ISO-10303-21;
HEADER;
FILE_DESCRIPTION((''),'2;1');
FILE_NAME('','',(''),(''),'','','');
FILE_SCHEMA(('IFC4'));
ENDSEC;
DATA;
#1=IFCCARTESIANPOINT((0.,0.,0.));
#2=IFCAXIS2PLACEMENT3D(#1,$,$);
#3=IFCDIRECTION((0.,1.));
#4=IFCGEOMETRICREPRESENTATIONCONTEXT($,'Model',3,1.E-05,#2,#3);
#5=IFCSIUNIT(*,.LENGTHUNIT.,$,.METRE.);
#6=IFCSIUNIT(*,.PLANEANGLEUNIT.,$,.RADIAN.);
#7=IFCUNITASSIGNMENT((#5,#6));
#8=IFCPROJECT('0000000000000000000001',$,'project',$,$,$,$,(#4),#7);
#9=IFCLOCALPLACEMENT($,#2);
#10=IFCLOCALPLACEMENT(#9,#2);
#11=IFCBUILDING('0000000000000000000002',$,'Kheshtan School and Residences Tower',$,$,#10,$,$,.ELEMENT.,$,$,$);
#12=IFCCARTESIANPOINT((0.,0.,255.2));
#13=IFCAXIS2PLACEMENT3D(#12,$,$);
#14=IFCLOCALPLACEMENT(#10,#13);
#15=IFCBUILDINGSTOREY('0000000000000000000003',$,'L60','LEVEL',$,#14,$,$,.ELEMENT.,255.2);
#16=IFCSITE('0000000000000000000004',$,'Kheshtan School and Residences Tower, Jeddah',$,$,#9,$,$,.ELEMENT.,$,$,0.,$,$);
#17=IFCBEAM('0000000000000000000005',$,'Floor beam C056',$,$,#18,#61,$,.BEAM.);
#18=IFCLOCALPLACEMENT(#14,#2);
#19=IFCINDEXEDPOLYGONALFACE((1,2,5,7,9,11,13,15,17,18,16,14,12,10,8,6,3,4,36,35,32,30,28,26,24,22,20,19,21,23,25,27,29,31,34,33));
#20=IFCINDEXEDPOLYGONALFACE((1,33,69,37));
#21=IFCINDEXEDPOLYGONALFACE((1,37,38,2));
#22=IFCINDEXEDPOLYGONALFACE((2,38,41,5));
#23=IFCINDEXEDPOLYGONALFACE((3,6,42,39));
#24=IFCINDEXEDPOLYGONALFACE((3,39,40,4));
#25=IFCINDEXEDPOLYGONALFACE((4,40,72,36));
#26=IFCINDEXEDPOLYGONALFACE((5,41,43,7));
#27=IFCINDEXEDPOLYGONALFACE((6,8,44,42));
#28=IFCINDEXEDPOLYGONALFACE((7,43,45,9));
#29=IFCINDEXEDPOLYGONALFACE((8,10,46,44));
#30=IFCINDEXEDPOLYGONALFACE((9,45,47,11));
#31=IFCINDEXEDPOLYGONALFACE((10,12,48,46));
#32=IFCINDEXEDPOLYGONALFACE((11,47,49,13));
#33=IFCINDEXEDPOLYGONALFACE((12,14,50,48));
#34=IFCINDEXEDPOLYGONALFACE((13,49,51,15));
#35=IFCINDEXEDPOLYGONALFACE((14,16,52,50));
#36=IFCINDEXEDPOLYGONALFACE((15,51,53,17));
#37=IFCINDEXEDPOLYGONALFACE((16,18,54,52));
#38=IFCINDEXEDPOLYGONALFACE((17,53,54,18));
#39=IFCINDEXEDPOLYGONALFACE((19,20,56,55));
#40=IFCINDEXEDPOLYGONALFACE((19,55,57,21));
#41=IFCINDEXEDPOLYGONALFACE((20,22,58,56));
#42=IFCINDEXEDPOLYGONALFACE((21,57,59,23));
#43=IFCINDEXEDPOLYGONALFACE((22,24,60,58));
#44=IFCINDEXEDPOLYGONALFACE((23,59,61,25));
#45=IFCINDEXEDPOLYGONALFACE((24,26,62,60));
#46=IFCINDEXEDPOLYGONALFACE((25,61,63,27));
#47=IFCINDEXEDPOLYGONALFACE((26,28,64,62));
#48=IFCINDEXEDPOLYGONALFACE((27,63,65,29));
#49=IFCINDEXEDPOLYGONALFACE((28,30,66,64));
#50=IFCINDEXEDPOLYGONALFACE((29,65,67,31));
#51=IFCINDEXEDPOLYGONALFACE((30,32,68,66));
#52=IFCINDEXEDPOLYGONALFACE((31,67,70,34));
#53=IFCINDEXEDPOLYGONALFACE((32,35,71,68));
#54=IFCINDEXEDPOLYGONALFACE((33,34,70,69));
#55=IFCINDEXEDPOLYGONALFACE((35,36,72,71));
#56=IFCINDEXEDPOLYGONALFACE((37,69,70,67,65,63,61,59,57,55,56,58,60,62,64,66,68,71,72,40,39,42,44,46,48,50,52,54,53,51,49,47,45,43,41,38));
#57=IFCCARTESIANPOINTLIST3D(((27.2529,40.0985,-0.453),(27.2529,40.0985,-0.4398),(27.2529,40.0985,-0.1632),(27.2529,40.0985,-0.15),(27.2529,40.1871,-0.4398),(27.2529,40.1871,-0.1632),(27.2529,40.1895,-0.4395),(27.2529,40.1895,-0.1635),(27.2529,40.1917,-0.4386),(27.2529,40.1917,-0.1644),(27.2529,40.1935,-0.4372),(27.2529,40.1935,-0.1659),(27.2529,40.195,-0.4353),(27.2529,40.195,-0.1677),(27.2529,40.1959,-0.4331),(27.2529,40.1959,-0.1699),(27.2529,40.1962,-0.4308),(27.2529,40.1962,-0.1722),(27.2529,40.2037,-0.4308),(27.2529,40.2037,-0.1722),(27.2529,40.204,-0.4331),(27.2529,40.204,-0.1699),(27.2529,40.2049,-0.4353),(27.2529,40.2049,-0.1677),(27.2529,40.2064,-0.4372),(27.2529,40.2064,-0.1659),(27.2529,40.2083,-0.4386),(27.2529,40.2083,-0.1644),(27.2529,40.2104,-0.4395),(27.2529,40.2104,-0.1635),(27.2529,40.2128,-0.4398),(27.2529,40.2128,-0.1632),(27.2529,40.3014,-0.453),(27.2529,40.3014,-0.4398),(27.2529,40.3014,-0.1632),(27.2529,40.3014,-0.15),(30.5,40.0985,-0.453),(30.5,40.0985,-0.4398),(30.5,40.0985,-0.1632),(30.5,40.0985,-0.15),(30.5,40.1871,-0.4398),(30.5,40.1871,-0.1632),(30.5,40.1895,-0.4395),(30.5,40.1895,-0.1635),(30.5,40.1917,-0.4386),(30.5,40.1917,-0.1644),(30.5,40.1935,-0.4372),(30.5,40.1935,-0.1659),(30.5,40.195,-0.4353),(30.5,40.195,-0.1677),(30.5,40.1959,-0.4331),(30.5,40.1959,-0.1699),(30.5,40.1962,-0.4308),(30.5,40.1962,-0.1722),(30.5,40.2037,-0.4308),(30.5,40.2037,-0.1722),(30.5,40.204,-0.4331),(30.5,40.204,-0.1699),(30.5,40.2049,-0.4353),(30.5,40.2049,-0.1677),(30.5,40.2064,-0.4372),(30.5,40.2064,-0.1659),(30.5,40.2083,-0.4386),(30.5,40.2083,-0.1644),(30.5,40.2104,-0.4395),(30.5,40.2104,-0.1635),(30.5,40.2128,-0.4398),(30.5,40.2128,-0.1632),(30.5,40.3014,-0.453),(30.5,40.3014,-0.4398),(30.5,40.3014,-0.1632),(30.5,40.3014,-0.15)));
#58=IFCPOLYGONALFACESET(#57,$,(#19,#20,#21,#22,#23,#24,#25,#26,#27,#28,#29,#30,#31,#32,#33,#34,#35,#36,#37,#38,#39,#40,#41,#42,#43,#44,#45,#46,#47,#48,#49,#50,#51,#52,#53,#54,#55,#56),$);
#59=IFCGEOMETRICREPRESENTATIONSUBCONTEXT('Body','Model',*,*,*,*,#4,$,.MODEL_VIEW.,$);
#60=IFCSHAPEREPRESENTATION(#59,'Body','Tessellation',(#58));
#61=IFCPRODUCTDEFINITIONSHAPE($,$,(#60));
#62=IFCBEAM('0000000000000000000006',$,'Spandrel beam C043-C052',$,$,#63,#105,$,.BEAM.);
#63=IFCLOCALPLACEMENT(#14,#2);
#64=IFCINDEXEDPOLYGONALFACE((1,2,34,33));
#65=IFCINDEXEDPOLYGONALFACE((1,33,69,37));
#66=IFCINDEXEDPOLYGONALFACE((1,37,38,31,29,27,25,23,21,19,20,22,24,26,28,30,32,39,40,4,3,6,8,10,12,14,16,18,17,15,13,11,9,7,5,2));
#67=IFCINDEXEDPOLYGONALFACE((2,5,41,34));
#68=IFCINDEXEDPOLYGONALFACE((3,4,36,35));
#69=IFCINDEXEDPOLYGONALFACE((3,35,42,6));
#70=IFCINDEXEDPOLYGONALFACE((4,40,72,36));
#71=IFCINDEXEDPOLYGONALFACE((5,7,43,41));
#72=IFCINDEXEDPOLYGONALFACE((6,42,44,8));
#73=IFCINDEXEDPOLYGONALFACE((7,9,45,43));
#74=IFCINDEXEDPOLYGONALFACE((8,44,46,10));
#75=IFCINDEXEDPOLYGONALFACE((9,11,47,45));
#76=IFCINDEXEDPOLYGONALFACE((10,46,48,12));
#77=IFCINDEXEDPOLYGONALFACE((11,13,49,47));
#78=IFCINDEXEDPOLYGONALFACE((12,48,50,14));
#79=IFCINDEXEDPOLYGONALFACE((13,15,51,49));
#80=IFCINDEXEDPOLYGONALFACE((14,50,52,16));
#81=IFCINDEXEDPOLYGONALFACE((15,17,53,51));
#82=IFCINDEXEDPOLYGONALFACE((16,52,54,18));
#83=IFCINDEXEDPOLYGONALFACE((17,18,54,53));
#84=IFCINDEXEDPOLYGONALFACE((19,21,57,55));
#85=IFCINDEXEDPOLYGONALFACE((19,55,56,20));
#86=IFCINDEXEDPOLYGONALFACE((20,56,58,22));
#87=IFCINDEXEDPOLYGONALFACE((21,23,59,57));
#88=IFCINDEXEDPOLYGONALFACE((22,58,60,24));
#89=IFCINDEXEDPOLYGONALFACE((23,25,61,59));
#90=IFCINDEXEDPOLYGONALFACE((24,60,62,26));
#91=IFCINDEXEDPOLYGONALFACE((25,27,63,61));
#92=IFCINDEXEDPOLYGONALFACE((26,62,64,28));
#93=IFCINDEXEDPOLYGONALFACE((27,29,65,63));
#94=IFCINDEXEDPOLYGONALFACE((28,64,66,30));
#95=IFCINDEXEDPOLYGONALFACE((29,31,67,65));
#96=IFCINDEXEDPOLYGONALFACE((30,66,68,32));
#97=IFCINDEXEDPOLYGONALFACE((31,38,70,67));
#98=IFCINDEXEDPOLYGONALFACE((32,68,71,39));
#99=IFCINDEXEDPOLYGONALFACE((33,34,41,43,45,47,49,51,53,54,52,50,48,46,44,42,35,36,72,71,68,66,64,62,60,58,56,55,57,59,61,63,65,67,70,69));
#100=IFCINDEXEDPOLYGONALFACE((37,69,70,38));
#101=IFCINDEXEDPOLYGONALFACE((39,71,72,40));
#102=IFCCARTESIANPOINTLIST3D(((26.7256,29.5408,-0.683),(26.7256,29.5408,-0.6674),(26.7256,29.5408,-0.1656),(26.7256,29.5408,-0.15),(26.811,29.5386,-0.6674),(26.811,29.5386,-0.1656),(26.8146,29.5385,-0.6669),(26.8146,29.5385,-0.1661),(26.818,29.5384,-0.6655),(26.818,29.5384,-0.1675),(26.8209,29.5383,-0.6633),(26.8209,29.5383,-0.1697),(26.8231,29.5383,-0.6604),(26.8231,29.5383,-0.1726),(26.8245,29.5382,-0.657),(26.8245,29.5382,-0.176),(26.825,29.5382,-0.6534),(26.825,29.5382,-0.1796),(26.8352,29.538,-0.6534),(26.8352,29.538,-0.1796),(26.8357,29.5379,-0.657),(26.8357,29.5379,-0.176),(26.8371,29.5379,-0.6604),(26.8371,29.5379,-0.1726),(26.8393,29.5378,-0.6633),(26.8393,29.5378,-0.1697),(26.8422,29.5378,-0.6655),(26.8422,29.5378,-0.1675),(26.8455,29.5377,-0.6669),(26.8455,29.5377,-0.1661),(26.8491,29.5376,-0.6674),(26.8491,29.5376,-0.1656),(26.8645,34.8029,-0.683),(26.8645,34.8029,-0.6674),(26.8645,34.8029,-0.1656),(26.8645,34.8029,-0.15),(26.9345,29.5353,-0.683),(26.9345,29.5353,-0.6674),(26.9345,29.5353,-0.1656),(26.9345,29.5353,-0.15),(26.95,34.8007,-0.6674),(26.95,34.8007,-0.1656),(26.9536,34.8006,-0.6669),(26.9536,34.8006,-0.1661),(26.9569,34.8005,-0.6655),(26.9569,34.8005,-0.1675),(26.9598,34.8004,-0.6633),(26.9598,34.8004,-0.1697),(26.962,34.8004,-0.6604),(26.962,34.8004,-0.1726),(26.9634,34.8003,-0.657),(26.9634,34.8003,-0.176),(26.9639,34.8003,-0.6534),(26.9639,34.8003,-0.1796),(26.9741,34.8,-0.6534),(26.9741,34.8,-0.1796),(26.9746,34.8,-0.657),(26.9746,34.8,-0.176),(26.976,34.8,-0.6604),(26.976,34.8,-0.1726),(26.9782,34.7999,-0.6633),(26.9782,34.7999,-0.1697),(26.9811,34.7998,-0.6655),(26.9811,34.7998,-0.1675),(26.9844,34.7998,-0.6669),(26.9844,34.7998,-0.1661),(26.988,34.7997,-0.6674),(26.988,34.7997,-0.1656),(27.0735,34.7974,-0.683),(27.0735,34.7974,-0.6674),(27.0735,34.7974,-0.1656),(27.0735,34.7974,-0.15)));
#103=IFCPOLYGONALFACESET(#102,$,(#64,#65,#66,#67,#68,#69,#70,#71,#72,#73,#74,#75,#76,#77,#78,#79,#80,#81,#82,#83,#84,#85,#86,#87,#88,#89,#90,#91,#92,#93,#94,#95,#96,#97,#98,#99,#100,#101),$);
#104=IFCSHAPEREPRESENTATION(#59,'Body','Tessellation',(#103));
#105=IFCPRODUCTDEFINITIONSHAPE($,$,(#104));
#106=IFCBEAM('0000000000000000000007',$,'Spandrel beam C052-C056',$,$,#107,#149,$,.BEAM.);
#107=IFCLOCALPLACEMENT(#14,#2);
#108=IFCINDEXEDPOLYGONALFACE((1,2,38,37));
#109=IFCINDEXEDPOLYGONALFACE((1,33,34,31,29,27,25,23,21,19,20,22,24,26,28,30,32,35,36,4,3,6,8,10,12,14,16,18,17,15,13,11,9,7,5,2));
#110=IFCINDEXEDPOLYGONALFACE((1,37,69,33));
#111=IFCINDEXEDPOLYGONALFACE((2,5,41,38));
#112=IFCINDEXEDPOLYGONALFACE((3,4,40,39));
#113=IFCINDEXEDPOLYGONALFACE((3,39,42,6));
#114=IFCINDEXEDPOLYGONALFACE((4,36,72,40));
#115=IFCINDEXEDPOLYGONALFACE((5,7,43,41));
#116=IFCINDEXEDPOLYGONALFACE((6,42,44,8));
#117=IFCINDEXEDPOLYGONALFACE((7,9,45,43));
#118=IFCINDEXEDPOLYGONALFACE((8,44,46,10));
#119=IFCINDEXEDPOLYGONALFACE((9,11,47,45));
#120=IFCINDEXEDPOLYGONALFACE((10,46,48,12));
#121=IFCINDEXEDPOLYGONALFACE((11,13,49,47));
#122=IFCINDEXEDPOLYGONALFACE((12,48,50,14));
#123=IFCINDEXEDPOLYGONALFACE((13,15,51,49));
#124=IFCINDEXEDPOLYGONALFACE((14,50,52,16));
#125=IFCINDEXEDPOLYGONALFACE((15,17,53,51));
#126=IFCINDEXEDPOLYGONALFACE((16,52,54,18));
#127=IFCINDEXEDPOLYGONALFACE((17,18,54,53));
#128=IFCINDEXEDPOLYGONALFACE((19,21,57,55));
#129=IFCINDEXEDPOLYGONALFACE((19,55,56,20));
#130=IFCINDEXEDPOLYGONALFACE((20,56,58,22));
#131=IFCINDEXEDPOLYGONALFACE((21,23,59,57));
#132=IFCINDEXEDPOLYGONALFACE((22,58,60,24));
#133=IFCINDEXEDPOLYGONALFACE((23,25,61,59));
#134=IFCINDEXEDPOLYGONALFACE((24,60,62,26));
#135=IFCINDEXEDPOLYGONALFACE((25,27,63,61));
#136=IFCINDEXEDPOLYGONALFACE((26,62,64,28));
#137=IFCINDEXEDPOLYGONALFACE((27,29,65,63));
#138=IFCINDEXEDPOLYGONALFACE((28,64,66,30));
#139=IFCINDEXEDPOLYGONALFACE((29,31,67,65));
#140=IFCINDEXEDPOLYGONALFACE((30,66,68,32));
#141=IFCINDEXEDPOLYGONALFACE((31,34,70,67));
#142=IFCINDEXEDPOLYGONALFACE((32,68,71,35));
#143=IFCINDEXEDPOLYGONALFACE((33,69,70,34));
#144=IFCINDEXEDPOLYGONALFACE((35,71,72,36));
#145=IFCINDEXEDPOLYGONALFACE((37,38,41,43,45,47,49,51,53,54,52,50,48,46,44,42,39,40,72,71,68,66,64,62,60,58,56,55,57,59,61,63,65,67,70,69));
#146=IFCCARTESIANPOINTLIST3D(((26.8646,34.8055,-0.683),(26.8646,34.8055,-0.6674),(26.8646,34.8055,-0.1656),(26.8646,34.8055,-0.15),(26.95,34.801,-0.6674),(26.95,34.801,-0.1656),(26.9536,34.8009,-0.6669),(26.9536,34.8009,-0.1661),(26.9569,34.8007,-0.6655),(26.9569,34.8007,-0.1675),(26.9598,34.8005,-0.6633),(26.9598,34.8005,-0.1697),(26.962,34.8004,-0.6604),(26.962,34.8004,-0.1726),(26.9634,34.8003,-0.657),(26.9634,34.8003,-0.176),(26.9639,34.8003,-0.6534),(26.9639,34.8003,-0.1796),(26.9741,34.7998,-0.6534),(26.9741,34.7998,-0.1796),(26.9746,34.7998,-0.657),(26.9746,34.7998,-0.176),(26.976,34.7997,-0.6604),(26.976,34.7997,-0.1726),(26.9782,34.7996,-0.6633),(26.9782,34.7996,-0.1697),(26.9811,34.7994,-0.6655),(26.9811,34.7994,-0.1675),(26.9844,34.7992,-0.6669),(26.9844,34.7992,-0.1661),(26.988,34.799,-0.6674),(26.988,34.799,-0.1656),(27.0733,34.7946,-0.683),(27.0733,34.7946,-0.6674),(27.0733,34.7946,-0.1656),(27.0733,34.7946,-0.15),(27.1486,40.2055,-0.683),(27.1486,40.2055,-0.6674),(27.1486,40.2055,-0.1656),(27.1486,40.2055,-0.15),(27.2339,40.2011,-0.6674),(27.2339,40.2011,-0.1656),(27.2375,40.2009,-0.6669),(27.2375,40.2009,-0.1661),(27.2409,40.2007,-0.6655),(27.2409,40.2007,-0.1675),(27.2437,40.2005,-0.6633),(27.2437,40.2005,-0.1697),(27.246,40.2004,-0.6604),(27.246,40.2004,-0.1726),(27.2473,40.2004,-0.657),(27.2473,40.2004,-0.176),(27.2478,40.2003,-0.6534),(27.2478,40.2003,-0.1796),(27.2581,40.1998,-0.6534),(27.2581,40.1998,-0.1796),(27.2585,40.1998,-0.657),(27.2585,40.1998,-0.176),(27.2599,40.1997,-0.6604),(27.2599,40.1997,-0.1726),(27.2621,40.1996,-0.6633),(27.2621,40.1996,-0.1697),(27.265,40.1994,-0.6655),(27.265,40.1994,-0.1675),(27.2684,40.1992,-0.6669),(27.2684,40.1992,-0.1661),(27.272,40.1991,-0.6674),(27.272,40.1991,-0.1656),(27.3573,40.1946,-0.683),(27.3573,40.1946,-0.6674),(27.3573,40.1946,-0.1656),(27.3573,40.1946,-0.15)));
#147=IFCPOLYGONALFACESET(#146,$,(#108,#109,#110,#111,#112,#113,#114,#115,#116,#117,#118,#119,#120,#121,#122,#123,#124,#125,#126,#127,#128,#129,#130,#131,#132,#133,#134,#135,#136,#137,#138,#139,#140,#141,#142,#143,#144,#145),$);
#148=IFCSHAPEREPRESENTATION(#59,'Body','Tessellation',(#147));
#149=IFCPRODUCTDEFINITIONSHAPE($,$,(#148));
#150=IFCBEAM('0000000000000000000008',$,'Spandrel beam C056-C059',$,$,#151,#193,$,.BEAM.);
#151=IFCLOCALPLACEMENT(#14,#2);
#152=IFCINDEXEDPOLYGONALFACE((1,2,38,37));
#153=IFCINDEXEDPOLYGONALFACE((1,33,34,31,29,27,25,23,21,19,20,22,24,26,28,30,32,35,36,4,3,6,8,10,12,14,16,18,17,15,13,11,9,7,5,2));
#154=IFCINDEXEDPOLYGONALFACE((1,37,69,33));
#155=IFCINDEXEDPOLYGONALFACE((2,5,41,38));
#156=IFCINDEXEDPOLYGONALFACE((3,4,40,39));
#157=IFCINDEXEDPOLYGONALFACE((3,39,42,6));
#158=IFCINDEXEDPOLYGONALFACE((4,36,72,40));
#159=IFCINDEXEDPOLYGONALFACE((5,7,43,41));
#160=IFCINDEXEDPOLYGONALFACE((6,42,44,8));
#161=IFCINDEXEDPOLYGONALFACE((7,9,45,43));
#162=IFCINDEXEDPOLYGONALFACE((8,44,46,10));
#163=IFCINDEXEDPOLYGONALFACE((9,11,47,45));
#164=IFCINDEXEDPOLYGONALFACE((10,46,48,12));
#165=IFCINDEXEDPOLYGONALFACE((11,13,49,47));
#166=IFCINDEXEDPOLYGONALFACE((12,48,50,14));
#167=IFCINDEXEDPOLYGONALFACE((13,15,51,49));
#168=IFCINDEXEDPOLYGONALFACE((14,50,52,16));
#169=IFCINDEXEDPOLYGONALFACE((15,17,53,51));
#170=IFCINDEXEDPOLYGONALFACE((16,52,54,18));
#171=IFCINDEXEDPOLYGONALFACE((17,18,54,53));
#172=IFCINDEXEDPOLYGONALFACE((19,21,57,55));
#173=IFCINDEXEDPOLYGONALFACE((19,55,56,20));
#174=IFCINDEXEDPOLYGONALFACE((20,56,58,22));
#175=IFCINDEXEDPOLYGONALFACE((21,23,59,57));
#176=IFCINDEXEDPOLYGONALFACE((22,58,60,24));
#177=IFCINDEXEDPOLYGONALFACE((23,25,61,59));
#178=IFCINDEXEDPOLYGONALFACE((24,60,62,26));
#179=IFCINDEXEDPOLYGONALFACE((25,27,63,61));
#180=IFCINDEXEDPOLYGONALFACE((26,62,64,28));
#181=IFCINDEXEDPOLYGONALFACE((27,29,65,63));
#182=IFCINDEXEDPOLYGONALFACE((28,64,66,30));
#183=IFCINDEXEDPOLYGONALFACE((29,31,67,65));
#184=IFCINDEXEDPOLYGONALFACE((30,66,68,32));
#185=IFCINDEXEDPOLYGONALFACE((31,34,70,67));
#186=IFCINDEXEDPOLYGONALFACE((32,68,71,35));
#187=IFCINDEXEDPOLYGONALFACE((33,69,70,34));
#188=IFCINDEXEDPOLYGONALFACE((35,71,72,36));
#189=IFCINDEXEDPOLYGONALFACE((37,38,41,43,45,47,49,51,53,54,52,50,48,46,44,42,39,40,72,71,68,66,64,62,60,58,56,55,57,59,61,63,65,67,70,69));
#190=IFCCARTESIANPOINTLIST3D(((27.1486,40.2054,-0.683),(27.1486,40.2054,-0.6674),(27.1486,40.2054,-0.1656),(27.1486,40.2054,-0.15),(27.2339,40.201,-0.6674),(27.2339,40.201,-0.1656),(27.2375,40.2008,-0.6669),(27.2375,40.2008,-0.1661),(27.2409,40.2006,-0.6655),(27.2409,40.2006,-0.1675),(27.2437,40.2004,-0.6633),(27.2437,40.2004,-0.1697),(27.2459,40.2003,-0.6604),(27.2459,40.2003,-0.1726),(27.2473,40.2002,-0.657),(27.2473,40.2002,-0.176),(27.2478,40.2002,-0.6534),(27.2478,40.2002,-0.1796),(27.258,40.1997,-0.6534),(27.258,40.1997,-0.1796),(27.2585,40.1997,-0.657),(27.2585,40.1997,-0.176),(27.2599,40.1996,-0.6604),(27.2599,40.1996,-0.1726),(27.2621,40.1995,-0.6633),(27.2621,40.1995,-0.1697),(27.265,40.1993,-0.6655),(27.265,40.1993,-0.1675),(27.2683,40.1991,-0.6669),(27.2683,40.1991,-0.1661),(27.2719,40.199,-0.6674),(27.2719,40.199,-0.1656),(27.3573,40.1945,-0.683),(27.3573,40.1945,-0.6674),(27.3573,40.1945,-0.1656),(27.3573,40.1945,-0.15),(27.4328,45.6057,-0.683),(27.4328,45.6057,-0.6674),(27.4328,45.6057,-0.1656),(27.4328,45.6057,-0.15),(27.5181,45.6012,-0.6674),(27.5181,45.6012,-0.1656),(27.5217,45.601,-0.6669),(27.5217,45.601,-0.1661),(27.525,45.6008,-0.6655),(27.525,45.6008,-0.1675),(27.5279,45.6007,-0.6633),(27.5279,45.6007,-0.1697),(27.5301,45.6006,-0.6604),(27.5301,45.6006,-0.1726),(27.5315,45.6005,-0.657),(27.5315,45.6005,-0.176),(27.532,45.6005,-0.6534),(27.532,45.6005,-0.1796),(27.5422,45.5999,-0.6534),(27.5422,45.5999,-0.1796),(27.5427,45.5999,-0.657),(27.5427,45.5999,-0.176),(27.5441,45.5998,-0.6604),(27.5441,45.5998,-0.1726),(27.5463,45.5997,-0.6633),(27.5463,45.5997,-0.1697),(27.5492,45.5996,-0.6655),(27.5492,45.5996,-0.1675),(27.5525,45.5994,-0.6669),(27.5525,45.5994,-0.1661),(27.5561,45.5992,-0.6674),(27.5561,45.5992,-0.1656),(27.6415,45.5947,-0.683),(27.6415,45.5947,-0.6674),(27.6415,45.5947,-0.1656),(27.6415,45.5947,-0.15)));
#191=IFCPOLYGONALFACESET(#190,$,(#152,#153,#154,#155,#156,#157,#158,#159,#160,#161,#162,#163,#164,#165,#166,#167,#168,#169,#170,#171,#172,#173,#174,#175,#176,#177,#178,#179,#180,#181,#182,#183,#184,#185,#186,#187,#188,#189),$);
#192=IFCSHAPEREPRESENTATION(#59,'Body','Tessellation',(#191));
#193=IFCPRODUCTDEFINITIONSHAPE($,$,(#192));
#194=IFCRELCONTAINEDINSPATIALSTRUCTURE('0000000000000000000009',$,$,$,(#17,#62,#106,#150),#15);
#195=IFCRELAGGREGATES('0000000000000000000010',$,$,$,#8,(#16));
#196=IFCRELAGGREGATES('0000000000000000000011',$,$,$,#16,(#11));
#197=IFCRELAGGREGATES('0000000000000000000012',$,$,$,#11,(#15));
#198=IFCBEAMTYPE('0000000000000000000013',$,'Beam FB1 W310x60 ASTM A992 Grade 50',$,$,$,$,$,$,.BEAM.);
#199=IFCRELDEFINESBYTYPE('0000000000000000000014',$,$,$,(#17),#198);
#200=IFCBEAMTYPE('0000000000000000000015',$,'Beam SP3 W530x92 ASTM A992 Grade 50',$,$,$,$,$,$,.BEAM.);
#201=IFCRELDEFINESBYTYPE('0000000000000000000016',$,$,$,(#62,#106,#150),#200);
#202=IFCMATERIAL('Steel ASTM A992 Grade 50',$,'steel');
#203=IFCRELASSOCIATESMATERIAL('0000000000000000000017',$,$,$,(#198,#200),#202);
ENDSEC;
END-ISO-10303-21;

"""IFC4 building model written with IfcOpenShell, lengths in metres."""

from ifc_helpers import new_model, si_unit, direction, frame, origin, origin_2d, place, context, subcontext, project, spatial, i_section, extrude, material, material_profile, profile_set, type_object, element, save


model = new_model("IFC4")

# Units and contexts
model_context = context("Model", 3, precision=1e-05, world=origin(), true_north=direction((0.0, 1.0)))
body_context = subcontext(model_context, "Body", "Model", "MODEL_VIEW")
ifc_project = project(units=[si_unit("LENGTHUNIT", "METRE"), si_unit("PLANEANGLEUNIT", "RADIAN")], contexts=[model_context])

# Site, building, storey
site_placement = place(None, origin())
site = spatial("IfcSite", under=ifc_project, at=site_placement, Name="Kheshtan School and Residences Tower, Jeddah", CompositionType="ELEMENT", RefElevation=0.0)
building_placement = place(site_placement, origin())
building = spatial("IfcBuilding", under=site, at=building_placement, Name="Kheshtan School and Residences Tower", CompositionType="ELEMENT")
storey_placement = place(building_placement, frame((0.0, 0.0, 255.2)))
storey = spatial("IfcBuildingStorey", under=building, at=storey_placement, Name="L60", Description="LEVEL", CompositionType="ELEMENT", Elevation=255.2)

# Shared definitions
ifc_material_1 = material(Name="Steel ASTM A992 Grade 50", Category="steel")

# Beams
ifc_material_profile_1 = material_profile(ifc_material_1, i_section(OverallWidth=0.2029, OverallDepth=0.303, WebThickness=0.0076, FlangeThickness=0.0132, FilletRadius=0.009, at=origin_2d()), Name="W310x60")
ifc_profile_set_1 = profile_set([ifc_material_profile_1], Name="Steel ASTM A992 Grade 50")
beam_type_1 = type_object("IfcBeamType", Name="Beam FB1 W310x60 ASTM A992 Grade 50", PredefinedType="BEAM", material=ifc_profile_set_1)
beam_1_placement = place(storey_placement, frame((27.2529, 40.2, -0.3015), z_axis=(1.0, 0.0, 0.0), x_axis=(0.0, 1.0, 0.0)))
element("IfcBeam", 1, at=beam_1_placement, inside=storey, type_object=beam_type_1, Name="Floor beam C056", PredefinedType="BEAM", context=body_context, shape_type="SweptSolid", body=[
    extrude(i_section(OverallWidth=0.2029, OverallDepth=0.303, WebThickness=0.0076, FlangeThickness=0.0132, FilletRadius=0.009, at=origin_2d()), origin(), (0.0, 0.0, 1.0), 3.2471),
])
ifc_material_profile_2 = material_profile(ifc_material_1, i_section(OverallWidth=0.209, OverallDepth=0.533, WebThickness=0.0103, FlangeThickness=0.0156, FilletRadius=0.0139, at=origin_2d()), Name="W530x92")
ifc_profile_set_2 = profile_set([ifc_material_profile_2], Name="Steel ASTM A992 Grade 50")
beam_type_2 = type_object("IfcBeamType", Name="Beam SP3 W530x92 ASTM A992 Grade 50", PredefinedType="BEAM", material=ifc_profile_set_2)
beam_2_placement = place(storey_placement, frame((26.8301, 29.5381, -0.4165), z_axis=(0.026391, 0.999652, 0.0), x_axis=(-0.999652, 0.026391, 0.0)))
element("IfcBeam", 2, at=beam_2_placement, inside=storey, type_object=beam_type_2, Name="Spandrel beam C043-C052", PredefinedType="BEAM", context=body_context, shape_type="SweptSolid", body=[
    extrude(i_section(OverallWidth=0.209, OverallDepth=0.533, WebThickness=0.0103, FlangeThickness=0.0156, FilletRadius=0.0139, at=origin_2d()), origin(), (0.0, 0.0, 1.0), 5.2639),
])
beam_3_placement = place(storey_placement, frame((26.969, 34.8, -0.4165), z_axis=(0.052509, 0.99862, 0.0), x_axis=(-0.99862, 0.052509, 0.0)))
element("IfcBeam", 3, at=beam_3_placement, inside=storey, type_object=beam_type_2, Name="Spandrel beam C052-C056", PredefinedType="BEAM", context=body_context, shape_type="SweptSolid", body=[
    extrude(i_section(OverallWidth=0.209, OverallDepth=0.533, WebThickness=0.0103, FlangeThickness=0.0156, FilletRadius=0.0139, at=origin_2d()), origin(), (0.0, 0.0, 1.0), 5.4075),
])
beam_4_placement = place(storey_placement, frame((27.2529, 40.2, -0.4165), z_axis=(0.052552, 0.998618, 0.0), x_axis=(-0.998618, 0.052552, 0.0)))
element("IfcBeam", 4, at=beam_4_placement, inside=storey, type_object=beam_type_2, Name="Spandrel beam C056-C059", PredefinedType="BEAM", context=body_context, shape_type="SweptSolid", body=[
    extrude(i_section(OverallWidth=0.209, OverallDepth=0.533, WebThickness=0.0103, FlangeThickness=0.0156, FilletRadius=0.0139, at=origin_2d()), origin(), (0.0, 0.0, 1.0), 5.4077),
])

save(model, "model.ifc")
